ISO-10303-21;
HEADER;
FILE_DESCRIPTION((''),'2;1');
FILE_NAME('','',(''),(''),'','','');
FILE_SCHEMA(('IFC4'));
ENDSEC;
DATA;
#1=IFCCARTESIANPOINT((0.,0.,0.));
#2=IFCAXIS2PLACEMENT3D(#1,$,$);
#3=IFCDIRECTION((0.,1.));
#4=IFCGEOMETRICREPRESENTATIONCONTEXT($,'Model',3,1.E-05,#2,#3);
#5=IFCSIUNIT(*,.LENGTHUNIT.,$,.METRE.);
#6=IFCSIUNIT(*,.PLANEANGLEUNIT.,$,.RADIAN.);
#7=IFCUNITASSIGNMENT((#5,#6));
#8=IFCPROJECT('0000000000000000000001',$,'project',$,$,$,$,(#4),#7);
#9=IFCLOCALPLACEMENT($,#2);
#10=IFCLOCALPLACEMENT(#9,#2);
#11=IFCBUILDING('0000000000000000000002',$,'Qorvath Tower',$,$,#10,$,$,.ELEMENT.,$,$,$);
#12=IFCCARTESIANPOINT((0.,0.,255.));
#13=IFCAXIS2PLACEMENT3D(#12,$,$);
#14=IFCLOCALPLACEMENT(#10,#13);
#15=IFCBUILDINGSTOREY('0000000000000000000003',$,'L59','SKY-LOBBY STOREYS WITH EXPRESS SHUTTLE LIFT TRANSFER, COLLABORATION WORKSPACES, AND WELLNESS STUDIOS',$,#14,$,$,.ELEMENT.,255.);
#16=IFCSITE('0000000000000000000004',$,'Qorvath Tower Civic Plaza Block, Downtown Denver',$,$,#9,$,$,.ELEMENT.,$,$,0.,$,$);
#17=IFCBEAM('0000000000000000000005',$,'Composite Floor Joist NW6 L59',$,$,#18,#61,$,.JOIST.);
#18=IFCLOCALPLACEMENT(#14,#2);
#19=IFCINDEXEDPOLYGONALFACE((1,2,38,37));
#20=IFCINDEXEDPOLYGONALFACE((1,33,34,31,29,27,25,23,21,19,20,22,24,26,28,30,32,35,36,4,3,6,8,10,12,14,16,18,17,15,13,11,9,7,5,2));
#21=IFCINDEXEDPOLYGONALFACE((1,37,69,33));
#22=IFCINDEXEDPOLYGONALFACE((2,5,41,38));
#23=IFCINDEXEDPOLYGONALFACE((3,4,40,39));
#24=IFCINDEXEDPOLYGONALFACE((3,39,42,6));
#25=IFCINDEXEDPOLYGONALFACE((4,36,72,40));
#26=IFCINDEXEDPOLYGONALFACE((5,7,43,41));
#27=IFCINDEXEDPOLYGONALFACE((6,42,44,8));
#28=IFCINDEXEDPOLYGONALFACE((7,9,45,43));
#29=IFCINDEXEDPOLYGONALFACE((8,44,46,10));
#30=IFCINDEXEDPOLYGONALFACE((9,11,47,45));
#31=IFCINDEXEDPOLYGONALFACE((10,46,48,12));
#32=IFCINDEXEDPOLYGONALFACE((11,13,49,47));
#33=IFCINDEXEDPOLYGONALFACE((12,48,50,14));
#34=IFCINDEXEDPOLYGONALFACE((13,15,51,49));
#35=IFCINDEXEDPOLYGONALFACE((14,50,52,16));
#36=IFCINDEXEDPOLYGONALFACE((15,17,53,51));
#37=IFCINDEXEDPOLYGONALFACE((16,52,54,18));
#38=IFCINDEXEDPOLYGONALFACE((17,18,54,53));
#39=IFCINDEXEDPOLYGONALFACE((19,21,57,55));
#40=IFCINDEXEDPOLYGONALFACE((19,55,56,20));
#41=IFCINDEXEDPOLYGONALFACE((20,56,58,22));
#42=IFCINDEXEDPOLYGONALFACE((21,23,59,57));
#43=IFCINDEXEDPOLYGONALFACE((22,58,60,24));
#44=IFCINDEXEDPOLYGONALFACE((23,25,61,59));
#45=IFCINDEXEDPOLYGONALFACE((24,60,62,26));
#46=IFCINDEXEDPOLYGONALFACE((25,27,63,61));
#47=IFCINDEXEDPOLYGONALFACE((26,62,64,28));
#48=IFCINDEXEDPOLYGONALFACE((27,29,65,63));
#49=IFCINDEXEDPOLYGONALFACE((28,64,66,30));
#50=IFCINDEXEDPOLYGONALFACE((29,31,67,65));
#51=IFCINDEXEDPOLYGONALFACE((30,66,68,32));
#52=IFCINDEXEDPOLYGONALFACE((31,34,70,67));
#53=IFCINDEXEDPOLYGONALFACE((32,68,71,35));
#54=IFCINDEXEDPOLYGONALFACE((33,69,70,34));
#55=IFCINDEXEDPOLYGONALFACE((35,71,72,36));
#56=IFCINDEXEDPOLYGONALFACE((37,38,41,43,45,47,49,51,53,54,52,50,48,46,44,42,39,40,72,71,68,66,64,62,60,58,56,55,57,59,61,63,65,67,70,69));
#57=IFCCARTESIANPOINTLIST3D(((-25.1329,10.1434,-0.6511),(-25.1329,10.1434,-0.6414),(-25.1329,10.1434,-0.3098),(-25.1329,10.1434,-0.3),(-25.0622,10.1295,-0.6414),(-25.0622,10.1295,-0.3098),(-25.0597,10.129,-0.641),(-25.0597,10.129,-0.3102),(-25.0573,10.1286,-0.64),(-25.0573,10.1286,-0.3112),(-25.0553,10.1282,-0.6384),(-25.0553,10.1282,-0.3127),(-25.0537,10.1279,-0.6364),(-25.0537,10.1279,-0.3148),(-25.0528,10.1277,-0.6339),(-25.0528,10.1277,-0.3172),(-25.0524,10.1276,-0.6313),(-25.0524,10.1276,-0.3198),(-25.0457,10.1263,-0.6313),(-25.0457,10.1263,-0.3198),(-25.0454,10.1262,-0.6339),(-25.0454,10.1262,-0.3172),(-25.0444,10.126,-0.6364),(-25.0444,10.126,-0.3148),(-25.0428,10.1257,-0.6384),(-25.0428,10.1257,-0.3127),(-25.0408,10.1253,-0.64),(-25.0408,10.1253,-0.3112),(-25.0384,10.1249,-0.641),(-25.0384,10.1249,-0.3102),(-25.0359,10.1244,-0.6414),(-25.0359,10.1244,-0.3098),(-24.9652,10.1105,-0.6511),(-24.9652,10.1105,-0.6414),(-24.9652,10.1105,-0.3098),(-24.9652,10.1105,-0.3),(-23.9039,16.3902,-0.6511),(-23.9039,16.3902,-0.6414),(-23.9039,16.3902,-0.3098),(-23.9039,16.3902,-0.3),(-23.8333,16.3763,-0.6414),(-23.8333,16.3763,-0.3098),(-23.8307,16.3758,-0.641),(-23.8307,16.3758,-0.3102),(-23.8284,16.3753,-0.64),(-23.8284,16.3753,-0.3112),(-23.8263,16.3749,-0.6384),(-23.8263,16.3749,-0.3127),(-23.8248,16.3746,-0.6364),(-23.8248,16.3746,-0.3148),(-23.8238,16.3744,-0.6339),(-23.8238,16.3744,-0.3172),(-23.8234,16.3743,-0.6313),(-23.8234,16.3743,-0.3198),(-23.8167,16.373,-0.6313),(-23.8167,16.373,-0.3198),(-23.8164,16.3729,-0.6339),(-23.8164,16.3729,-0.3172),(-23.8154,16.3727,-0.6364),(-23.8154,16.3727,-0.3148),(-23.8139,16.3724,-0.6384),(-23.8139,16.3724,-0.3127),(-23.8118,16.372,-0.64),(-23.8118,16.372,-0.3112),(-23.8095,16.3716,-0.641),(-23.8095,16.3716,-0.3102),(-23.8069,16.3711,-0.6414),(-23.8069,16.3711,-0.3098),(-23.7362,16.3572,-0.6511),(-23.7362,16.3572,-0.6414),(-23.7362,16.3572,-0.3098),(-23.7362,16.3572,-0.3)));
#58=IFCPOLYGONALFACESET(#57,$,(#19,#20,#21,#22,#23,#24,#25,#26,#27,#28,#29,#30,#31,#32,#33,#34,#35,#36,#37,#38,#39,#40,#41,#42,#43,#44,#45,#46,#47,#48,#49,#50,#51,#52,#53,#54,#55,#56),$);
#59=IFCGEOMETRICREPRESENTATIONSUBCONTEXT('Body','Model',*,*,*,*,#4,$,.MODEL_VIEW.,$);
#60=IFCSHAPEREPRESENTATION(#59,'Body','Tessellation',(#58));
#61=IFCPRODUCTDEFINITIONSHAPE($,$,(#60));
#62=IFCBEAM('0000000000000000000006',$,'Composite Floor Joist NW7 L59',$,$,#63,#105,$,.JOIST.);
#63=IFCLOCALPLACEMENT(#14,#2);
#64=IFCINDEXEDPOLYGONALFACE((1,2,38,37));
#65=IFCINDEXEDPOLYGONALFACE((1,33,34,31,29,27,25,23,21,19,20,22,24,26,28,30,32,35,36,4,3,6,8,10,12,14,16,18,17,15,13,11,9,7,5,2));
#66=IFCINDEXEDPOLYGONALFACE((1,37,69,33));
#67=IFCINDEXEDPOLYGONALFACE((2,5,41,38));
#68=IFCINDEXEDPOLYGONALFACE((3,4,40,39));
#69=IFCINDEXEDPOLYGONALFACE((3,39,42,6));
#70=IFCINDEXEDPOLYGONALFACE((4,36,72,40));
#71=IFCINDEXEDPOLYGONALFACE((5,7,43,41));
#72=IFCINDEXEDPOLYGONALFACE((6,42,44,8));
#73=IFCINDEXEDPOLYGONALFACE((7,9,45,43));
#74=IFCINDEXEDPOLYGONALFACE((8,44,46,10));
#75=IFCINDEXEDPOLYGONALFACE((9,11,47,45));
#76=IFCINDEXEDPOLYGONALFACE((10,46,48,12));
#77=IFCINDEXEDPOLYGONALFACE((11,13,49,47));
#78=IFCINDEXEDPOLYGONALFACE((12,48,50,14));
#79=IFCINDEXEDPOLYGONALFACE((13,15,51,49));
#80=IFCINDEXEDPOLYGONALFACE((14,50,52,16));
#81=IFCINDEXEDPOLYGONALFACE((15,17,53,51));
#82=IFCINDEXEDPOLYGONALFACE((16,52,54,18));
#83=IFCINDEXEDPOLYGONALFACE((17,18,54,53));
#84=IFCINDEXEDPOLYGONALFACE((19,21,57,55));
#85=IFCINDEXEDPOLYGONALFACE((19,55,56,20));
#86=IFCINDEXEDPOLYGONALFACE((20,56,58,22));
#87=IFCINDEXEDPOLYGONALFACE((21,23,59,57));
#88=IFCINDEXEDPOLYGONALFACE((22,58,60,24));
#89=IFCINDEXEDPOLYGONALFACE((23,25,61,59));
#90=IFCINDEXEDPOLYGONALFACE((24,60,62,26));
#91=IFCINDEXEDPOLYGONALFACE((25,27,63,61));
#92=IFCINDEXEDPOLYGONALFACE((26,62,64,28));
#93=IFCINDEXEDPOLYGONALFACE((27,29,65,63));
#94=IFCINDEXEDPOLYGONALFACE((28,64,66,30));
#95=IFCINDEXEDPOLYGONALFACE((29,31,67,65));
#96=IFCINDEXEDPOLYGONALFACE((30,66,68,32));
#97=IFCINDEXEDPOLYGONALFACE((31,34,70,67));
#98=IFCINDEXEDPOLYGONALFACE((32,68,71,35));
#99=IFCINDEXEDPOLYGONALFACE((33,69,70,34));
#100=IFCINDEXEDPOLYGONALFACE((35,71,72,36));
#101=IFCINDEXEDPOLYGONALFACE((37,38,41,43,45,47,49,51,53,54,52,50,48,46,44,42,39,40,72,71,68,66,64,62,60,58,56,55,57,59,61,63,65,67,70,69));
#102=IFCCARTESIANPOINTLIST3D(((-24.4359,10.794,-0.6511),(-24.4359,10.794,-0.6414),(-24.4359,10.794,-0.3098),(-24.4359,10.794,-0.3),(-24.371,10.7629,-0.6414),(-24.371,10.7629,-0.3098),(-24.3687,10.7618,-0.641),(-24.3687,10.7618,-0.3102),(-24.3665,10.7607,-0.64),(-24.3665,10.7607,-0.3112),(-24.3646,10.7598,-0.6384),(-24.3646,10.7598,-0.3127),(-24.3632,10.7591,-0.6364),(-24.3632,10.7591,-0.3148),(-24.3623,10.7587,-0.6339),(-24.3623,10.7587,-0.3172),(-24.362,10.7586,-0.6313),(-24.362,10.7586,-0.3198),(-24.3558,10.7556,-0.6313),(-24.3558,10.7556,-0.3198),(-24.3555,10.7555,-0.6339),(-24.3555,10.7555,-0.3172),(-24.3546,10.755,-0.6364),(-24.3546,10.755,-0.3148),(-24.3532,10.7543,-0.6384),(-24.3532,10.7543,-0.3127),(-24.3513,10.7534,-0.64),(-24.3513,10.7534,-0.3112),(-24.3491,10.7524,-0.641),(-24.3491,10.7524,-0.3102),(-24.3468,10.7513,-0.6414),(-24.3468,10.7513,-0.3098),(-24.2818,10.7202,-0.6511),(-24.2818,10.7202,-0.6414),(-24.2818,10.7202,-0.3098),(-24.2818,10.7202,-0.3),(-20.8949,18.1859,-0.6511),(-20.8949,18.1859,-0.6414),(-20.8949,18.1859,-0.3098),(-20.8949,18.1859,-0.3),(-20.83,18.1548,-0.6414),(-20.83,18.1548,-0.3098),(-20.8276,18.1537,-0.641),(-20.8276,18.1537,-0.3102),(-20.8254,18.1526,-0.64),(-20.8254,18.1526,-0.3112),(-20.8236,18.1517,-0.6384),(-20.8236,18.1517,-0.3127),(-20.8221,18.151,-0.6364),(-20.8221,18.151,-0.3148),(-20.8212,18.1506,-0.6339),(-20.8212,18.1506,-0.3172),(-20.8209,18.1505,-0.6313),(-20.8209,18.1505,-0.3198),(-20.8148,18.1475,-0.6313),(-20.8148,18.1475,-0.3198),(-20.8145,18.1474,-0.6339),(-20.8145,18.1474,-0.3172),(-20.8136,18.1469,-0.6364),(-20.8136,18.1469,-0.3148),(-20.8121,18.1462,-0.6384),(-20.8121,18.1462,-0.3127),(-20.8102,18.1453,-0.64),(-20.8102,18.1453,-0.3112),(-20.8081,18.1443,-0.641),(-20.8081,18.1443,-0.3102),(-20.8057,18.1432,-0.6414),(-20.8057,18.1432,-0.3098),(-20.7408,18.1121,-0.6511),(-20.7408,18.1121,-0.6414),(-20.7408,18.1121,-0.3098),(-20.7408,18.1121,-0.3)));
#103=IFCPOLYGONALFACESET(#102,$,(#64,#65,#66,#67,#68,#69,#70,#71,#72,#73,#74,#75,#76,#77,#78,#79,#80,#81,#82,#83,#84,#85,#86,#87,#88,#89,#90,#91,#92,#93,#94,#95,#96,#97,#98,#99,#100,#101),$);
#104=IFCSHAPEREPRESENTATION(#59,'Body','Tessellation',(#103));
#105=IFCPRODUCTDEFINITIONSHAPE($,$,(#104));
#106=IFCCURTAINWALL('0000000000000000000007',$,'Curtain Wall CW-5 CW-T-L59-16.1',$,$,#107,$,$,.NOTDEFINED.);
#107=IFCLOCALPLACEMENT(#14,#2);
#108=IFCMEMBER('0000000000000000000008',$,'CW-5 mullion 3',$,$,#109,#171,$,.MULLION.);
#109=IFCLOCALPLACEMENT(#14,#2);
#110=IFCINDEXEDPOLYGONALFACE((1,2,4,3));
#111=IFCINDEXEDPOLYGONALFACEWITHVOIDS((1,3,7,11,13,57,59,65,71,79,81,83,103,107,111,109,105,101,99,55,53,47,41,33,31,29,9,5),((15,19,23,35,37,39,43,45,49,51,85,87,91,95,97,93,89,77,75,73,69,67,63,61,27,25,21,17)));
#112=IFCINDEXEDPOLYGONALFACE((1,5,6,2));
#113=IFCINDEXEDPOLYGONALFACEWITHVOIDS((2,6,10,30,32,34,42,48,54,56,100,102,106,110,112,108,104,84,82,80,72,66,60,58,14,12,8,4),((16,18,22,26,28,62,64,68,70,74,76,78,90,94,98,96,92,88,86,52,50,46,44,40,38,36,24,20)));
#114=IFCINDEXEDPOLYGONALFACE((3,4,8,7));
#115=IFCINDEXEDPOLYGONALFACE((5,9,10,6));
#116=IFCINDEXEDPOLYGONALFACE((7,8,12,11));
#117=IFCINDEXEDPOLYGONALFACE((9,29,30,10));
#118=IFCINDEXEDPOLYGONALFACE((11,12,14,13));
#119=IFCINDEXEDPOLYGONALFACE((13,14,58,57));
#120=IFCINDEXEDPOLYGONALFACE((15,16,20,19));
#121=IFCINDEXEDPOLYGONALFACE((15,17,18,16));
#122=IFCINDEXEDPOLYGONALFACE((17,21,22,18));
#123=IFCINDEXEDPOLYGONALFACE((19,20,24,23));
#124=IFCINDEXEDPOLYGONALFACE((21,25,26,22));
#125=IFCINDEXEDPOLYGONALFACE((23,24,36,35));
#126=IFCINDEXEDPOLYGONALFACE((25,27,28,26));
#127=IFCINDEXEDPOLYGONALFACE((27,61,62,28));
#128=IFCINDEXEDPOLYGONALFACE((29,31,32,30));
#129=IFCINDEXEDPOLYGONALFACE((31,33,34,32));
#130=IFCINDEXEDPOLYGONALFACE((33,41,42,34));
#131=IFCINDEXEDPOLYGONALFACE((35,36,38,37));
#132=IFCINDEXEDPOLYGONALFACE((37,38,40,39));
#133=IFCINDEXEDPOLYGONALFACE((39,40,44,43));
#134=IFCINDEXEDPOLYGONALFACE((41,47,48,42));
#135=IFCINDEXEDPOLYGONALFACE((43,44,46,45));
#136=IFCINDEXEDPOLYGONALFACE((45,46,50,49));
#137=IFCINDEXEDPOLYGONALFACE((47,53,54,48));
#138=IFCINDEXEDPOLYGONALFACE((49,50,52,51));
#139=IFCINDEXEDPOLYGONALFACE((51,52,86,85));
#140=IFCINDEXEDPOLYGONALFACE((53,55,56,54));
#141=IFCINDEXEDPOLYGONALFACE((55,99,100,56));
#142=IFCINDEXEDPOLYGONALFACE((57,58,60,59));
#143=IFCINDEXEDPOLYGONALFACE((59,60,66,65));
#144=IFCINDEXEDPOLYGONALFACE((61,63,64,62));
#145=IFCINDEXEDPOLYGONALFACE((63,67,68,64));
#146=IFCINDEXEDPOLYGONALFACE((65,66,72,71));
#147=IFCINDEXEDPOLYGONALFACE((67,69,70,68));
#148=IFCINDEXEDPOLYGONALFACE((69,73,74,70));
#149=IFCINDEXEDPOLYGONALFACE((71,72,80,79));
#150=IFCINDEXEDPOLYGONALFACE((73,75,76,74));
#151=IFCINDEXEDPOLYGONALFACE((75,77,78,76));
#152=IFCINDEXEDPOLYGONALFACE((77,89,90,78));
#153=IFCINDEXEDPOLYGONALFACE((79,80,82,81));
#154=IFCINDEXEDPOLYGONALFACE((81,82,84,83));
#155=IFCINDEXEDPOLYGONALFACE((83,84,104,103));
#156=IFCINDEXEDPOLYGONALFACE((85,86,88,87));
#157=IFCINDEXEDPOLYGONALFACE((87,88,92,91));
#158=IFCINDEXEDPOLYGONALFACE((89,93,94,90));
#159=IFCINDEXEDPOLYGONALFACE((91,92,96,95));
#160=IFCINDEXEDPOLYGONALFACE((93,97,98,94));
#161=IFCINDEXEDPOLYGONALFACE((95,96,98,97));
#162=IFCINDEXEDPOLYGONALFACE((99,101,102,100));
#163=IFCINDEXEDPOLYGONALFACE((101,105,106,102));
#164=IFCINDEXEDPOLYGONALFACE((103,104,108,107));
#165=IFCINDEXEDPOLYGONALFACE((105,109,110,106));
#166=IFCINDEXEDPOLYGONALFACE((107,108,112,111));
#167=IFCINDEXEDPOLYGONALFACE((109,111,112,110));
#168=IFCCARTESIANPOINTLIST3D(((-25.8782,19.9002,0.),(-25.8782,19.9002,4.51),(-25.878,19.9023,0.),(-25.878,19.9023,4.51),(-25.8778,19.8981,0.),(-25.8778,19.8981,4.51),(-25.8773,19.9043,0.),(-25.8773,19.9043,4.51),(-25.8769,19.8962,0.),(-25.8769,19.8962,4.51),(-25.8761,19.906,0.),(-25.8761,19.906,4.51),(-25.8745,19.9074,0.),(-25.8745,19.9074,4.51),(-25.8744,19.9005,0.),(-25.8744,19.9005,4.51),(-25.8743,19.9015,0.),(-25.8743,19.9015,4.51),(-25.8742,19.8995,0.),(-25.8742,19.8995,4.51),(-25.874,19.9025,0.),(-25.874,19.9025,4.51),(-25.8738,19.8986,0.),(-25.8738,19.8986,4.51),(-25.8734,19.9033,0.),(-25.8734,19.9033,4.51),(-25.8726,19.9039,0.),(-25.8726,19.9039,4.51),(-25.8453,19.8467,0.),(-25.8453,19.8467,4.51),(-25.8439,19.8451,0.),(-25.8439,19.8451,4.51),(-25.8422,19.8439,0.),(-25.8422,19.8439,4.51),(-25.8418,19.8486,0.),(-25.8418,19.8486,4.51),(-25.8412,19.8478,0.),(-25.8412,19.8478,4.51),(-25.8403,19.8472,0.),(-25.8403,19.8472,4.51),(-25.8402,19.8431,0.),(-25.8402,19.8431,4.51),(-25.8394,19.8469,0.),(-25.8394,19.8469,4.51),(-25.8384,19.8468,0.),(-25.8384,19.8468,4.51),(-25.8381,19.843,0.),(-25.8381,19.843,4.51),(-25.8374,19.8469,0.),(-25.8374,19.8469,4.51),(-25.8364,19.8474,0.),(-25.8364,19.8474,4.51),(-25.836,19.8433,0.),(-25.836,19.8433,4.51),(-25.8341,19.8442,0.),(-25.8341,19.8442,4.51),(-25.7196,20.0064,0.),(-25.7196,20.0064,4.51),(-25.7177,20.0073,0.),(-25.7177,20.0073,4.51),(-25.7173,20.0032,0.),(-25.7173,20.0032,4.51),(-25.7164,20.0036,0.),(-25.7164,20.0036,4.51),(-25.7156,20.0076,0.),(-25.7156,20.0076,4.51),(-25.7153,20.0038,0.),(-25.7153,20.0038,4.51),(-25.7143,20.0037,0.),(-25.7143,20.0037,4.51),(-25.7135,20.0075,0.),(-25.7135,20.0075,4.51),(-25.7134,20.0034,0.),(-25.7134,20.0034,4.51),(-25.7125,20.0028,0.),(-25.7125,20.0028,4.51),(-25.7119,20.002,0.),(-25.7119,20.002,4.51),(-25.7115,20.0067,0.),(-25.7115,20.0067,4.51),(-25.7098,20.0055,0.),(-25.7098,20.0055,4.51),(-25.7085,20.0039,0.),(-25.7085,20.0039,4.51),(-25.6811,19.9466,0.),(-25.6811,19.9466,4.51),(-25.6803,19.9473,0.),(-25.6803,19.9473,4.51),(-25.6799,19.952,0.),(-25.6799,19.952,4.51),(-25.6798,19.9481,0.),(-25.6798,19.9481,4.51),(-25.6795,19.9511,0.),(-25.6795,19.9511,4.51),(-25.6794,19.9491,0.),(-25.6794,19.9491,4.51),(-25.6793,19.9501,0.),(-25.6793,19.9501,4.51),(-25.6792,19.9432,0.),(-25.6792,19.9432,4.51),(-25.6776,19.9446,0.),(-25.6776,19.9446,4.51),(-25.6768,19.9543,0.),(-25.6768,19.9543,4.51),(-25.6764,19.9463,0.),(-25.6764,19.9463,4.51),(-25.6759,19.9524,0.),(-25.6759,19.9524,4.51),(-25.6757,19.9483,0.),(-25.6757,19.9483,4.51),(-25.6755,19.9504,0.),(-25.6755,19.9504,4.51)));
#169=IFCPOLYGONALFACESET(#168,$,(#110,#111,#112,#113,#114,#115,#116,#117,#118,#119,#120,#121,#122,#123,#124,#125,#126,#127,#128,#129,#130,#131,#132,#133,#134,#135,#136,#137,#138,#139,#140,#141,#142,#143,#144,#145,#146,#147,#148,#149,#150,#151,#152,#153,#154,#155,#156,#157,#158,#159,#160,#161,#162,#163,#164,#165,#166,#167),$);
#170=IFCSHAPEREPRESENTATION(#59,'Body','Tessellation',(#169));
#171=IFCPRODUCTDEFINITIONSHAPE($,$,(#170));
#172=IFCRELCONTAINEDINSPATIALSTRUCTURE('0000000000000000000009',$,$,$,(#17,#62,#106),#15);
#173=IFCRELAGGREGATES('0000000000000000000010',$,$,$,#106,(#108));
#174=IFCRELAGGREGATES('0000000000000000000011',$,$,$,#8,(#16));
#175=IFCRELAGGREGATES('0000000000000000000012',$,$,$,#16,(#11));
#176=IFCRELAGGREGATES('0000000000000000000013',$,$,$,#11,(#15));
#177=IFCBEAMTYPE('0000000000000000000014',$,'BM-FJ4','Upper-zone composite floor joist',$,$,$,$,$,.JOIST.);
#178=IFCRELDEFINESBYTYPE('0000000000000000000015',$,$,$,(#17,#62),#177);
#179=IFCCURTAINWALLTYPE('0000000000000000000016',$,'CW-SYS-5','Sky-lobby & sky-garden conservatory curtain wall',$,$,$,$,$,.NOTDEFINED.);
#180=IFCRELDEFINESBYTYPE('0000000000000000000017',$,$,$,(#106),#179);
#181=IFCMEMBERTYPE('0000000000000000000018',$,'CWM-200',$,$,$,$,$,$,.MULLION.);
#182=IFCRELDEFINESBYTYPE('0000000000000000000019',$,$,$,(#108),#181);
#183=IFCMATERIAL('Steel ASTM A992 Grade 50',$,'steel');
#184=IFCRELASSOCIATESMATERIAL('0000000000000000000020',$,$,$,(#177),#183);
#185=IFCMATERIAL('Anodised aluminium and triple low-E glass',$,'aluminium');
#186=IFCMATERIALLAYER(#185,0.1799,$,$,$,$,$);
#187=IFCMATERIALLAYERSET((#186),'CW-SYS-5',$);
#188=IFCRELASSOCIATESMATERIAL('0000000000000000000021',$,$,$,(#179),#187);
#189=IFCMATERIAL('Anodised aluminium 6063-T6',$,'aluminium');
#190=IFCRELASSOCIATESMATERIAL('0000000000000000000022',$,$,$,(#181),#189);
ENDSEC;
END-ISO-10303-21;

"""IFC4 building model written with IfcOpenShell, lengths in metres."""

from ifc_helpers import new_model, si_unit, direction, frame, origin, origin_2d, place, context, subcontext, project, spatial, hollow_rectangle, i_section, extrude, material, layer, layer_set, material_profile, profile_set, type_object, element, aggregate, save


model = new_model("IFC4")

# Units and contexts
model_context = context("Model", 3, precision=1e-05, world=origin(), true_north=direction((0.0, 1.0)))
body_context = subcontext(model_context, "Body", "Model", "MODEL_VIEW")
ifc_project = project(units=[si_unit("LENGTHUNIT", "METRE"), si_unit("PLANEANGLEUNIT", "RADIAN")], contexts=[model_context])

# Site, building, storey
site_placement = place(None, origin())
site = spatial("IfcSite", under=ifc_project, at=site_placement, Name="Qorvath Tower Civic Plaza Block, Downtown Denver", CompositionType="ELEMENT", RefElevation=0.0)
building_placement = place(site_placement, origin())
building = spatial("IfcBuilding", under=site, at=building_placement, Name="Qorvath Tower", CompositionType="ELEMENT")
storey_placement = place(building_placement, frame((0.0, 0.0, 255.0)))
storey = spatial("IfcBuildingStorey", under=building, at=storey_placement, Name="L59", Description="SKY-LOBBY STOREYS WITH EXPRESS SHUTTLE LIFT TRANSFER, COLLABORATION WORKSPACES, AND WELLNESS STUDIOS", CompositionType="ELEMENT", Elevation=255.0)

# Beams
ifc_material_1 = material(Name="Steel ASTM A992 Grade 50", Category="steel")
ifc_material_profile_1 = material_profile(ifc_material_1, i_section(OverallWidth=0.1709, OverallDepth=0.3511, WebThickness=0.0068, FlangeThickness=0.0098, FilletRadius=0.01, at=origin_2d()), Name="W14x30")
ifc_profile_set_1 = profile_set([ifc_material_profile_1], Name="Steel ASTM A992 Grade 50")
beam_type_1 = type_object("IfcBeamType", Name="BM-FJ4", Description="Upper-zone composite floor joist", PredefinedType="JOIST", material=ifc_profile_set_1)
beam_1_placement = place(storey_placement, frame((-25.0491, 10.127, -0.4756), z_axis=(0.19304, 0.981191, 0.0), x_axis=(-0.981191, 0.19304, 0.0)))
element("IfcBeam", 1, at=beam_1_placement, inside=storey, type_object=beam_type_1, Name="Composite Floor Joist NW6 L59", PredefinedType="JOIST", context=body_context, shape_type="SweptSolid", body=[
    extrude(i_section(OverallWidth=0.1709, OverallDepth=0.3511, WebThickness=0.0068, FlangeThickness=0.0098, FilletRadius=0.01, at=origin_2d()), origin(), (0.0, 0.0, 1.0), 6.3665),
])
beam_2_placement = place(storey_placement, frame((-24.3589, 10.7571, -0.4756), z_axis=(0.43203, 0.901859, 0.0), x_axis=(-0.901859, 0.43203, 0.0)))
element("IfcBeam", 2, at=beam_2_placement, inside=storey, type_object=beam_type_1, Name="Composite Floor Joist NW7 L59", PredefinedType="JOIST", context=body_context, shape_type="SweptSolid", body=[
    extrude(i_section(OverallWidth=0.1709, OverallDepth=0.3511, WebThickness=0.0068, FlangeThickness=0.0098, FilletRadius=0.01, at=origin_2d()), origin(), (0.0, 0.0, 1.0), 8.1963),
])

# Curtain wall, member
ifc_material_2 = material(Name="Anodised aluminium and triple low-E glass", Category="aluminium")
ifc_layer_1 = layer(ifc_material_2, 0.1799)
ifc_layer_set_1 = layer_set([ifc_layer_1], Name="CW-SYS-5")
curtain_wall_type = type_object("IfcCurtainWallType", Name="CW-SYS-5", Description="Sky-lobby & sky-garden conservatory curtain wall", PredefinedType="NOTDEFINED", material=ifc_layer_set_1)
curtain_wall_1_placement = place(storey_placement, origin())
curtain_wall_1 = element("IfcCurtainWall", 3, at=curtain_wall_1_placement, inside=storey, type_object=curtain_wall_type, Name="Curtain Wall CW-5 CW-T-L59-16.1", PredefinedType="NOTDEFINED")
ifc_material_3 = material(Name="Anodised aluminium 6063-T6", Category="aluminium")
ifc_material_profile_2 = material_profile(ifc_material_3, hollow_rectangle(XDim=0.075, YDim=0.2, WallThickness=0.0039, InnerFilletRadius=0.0039, OuterFilletRadius=0.0081, at=origin_2d()), Name="CWM 200x75")
ifc_profile_set_2 = profile_set([ifc_material_profile_2], Name="Anodised aluminium 6063-T6")
member_type_1 = type_object("IfcMemberType", Name="CWM-200", PredefinedType="MULLION", material=ifc_profile_set_2)
member_1_placement = place(storey_placement, frame((-25.7769, 19.9253, 0.0), z_axis=(0.0, 0.0, 1.0), x_axis=(0.538535, -0.842603, 0.0)))
member_1 = element("IfcMember", 4, at=member_1_placement, type_object=member_type_1, Name="CW-5 mullion 3", PredefinedType="MULLION", context=body_context, shape_type="SweptSolid", body=[
    extrude(hollow_rectangle(XDim=0.075, YDim=0.2, WallThickness=0.0039, InnerFilletRadius=0.0039, OuterFilletRadius=0.0081, at=origin_2d()), origin(), (0.0, 0.0, 1.0), 4.51),
])

aggregate(curtain_wall_1, [member_1])

save(model, "model.ifc")
